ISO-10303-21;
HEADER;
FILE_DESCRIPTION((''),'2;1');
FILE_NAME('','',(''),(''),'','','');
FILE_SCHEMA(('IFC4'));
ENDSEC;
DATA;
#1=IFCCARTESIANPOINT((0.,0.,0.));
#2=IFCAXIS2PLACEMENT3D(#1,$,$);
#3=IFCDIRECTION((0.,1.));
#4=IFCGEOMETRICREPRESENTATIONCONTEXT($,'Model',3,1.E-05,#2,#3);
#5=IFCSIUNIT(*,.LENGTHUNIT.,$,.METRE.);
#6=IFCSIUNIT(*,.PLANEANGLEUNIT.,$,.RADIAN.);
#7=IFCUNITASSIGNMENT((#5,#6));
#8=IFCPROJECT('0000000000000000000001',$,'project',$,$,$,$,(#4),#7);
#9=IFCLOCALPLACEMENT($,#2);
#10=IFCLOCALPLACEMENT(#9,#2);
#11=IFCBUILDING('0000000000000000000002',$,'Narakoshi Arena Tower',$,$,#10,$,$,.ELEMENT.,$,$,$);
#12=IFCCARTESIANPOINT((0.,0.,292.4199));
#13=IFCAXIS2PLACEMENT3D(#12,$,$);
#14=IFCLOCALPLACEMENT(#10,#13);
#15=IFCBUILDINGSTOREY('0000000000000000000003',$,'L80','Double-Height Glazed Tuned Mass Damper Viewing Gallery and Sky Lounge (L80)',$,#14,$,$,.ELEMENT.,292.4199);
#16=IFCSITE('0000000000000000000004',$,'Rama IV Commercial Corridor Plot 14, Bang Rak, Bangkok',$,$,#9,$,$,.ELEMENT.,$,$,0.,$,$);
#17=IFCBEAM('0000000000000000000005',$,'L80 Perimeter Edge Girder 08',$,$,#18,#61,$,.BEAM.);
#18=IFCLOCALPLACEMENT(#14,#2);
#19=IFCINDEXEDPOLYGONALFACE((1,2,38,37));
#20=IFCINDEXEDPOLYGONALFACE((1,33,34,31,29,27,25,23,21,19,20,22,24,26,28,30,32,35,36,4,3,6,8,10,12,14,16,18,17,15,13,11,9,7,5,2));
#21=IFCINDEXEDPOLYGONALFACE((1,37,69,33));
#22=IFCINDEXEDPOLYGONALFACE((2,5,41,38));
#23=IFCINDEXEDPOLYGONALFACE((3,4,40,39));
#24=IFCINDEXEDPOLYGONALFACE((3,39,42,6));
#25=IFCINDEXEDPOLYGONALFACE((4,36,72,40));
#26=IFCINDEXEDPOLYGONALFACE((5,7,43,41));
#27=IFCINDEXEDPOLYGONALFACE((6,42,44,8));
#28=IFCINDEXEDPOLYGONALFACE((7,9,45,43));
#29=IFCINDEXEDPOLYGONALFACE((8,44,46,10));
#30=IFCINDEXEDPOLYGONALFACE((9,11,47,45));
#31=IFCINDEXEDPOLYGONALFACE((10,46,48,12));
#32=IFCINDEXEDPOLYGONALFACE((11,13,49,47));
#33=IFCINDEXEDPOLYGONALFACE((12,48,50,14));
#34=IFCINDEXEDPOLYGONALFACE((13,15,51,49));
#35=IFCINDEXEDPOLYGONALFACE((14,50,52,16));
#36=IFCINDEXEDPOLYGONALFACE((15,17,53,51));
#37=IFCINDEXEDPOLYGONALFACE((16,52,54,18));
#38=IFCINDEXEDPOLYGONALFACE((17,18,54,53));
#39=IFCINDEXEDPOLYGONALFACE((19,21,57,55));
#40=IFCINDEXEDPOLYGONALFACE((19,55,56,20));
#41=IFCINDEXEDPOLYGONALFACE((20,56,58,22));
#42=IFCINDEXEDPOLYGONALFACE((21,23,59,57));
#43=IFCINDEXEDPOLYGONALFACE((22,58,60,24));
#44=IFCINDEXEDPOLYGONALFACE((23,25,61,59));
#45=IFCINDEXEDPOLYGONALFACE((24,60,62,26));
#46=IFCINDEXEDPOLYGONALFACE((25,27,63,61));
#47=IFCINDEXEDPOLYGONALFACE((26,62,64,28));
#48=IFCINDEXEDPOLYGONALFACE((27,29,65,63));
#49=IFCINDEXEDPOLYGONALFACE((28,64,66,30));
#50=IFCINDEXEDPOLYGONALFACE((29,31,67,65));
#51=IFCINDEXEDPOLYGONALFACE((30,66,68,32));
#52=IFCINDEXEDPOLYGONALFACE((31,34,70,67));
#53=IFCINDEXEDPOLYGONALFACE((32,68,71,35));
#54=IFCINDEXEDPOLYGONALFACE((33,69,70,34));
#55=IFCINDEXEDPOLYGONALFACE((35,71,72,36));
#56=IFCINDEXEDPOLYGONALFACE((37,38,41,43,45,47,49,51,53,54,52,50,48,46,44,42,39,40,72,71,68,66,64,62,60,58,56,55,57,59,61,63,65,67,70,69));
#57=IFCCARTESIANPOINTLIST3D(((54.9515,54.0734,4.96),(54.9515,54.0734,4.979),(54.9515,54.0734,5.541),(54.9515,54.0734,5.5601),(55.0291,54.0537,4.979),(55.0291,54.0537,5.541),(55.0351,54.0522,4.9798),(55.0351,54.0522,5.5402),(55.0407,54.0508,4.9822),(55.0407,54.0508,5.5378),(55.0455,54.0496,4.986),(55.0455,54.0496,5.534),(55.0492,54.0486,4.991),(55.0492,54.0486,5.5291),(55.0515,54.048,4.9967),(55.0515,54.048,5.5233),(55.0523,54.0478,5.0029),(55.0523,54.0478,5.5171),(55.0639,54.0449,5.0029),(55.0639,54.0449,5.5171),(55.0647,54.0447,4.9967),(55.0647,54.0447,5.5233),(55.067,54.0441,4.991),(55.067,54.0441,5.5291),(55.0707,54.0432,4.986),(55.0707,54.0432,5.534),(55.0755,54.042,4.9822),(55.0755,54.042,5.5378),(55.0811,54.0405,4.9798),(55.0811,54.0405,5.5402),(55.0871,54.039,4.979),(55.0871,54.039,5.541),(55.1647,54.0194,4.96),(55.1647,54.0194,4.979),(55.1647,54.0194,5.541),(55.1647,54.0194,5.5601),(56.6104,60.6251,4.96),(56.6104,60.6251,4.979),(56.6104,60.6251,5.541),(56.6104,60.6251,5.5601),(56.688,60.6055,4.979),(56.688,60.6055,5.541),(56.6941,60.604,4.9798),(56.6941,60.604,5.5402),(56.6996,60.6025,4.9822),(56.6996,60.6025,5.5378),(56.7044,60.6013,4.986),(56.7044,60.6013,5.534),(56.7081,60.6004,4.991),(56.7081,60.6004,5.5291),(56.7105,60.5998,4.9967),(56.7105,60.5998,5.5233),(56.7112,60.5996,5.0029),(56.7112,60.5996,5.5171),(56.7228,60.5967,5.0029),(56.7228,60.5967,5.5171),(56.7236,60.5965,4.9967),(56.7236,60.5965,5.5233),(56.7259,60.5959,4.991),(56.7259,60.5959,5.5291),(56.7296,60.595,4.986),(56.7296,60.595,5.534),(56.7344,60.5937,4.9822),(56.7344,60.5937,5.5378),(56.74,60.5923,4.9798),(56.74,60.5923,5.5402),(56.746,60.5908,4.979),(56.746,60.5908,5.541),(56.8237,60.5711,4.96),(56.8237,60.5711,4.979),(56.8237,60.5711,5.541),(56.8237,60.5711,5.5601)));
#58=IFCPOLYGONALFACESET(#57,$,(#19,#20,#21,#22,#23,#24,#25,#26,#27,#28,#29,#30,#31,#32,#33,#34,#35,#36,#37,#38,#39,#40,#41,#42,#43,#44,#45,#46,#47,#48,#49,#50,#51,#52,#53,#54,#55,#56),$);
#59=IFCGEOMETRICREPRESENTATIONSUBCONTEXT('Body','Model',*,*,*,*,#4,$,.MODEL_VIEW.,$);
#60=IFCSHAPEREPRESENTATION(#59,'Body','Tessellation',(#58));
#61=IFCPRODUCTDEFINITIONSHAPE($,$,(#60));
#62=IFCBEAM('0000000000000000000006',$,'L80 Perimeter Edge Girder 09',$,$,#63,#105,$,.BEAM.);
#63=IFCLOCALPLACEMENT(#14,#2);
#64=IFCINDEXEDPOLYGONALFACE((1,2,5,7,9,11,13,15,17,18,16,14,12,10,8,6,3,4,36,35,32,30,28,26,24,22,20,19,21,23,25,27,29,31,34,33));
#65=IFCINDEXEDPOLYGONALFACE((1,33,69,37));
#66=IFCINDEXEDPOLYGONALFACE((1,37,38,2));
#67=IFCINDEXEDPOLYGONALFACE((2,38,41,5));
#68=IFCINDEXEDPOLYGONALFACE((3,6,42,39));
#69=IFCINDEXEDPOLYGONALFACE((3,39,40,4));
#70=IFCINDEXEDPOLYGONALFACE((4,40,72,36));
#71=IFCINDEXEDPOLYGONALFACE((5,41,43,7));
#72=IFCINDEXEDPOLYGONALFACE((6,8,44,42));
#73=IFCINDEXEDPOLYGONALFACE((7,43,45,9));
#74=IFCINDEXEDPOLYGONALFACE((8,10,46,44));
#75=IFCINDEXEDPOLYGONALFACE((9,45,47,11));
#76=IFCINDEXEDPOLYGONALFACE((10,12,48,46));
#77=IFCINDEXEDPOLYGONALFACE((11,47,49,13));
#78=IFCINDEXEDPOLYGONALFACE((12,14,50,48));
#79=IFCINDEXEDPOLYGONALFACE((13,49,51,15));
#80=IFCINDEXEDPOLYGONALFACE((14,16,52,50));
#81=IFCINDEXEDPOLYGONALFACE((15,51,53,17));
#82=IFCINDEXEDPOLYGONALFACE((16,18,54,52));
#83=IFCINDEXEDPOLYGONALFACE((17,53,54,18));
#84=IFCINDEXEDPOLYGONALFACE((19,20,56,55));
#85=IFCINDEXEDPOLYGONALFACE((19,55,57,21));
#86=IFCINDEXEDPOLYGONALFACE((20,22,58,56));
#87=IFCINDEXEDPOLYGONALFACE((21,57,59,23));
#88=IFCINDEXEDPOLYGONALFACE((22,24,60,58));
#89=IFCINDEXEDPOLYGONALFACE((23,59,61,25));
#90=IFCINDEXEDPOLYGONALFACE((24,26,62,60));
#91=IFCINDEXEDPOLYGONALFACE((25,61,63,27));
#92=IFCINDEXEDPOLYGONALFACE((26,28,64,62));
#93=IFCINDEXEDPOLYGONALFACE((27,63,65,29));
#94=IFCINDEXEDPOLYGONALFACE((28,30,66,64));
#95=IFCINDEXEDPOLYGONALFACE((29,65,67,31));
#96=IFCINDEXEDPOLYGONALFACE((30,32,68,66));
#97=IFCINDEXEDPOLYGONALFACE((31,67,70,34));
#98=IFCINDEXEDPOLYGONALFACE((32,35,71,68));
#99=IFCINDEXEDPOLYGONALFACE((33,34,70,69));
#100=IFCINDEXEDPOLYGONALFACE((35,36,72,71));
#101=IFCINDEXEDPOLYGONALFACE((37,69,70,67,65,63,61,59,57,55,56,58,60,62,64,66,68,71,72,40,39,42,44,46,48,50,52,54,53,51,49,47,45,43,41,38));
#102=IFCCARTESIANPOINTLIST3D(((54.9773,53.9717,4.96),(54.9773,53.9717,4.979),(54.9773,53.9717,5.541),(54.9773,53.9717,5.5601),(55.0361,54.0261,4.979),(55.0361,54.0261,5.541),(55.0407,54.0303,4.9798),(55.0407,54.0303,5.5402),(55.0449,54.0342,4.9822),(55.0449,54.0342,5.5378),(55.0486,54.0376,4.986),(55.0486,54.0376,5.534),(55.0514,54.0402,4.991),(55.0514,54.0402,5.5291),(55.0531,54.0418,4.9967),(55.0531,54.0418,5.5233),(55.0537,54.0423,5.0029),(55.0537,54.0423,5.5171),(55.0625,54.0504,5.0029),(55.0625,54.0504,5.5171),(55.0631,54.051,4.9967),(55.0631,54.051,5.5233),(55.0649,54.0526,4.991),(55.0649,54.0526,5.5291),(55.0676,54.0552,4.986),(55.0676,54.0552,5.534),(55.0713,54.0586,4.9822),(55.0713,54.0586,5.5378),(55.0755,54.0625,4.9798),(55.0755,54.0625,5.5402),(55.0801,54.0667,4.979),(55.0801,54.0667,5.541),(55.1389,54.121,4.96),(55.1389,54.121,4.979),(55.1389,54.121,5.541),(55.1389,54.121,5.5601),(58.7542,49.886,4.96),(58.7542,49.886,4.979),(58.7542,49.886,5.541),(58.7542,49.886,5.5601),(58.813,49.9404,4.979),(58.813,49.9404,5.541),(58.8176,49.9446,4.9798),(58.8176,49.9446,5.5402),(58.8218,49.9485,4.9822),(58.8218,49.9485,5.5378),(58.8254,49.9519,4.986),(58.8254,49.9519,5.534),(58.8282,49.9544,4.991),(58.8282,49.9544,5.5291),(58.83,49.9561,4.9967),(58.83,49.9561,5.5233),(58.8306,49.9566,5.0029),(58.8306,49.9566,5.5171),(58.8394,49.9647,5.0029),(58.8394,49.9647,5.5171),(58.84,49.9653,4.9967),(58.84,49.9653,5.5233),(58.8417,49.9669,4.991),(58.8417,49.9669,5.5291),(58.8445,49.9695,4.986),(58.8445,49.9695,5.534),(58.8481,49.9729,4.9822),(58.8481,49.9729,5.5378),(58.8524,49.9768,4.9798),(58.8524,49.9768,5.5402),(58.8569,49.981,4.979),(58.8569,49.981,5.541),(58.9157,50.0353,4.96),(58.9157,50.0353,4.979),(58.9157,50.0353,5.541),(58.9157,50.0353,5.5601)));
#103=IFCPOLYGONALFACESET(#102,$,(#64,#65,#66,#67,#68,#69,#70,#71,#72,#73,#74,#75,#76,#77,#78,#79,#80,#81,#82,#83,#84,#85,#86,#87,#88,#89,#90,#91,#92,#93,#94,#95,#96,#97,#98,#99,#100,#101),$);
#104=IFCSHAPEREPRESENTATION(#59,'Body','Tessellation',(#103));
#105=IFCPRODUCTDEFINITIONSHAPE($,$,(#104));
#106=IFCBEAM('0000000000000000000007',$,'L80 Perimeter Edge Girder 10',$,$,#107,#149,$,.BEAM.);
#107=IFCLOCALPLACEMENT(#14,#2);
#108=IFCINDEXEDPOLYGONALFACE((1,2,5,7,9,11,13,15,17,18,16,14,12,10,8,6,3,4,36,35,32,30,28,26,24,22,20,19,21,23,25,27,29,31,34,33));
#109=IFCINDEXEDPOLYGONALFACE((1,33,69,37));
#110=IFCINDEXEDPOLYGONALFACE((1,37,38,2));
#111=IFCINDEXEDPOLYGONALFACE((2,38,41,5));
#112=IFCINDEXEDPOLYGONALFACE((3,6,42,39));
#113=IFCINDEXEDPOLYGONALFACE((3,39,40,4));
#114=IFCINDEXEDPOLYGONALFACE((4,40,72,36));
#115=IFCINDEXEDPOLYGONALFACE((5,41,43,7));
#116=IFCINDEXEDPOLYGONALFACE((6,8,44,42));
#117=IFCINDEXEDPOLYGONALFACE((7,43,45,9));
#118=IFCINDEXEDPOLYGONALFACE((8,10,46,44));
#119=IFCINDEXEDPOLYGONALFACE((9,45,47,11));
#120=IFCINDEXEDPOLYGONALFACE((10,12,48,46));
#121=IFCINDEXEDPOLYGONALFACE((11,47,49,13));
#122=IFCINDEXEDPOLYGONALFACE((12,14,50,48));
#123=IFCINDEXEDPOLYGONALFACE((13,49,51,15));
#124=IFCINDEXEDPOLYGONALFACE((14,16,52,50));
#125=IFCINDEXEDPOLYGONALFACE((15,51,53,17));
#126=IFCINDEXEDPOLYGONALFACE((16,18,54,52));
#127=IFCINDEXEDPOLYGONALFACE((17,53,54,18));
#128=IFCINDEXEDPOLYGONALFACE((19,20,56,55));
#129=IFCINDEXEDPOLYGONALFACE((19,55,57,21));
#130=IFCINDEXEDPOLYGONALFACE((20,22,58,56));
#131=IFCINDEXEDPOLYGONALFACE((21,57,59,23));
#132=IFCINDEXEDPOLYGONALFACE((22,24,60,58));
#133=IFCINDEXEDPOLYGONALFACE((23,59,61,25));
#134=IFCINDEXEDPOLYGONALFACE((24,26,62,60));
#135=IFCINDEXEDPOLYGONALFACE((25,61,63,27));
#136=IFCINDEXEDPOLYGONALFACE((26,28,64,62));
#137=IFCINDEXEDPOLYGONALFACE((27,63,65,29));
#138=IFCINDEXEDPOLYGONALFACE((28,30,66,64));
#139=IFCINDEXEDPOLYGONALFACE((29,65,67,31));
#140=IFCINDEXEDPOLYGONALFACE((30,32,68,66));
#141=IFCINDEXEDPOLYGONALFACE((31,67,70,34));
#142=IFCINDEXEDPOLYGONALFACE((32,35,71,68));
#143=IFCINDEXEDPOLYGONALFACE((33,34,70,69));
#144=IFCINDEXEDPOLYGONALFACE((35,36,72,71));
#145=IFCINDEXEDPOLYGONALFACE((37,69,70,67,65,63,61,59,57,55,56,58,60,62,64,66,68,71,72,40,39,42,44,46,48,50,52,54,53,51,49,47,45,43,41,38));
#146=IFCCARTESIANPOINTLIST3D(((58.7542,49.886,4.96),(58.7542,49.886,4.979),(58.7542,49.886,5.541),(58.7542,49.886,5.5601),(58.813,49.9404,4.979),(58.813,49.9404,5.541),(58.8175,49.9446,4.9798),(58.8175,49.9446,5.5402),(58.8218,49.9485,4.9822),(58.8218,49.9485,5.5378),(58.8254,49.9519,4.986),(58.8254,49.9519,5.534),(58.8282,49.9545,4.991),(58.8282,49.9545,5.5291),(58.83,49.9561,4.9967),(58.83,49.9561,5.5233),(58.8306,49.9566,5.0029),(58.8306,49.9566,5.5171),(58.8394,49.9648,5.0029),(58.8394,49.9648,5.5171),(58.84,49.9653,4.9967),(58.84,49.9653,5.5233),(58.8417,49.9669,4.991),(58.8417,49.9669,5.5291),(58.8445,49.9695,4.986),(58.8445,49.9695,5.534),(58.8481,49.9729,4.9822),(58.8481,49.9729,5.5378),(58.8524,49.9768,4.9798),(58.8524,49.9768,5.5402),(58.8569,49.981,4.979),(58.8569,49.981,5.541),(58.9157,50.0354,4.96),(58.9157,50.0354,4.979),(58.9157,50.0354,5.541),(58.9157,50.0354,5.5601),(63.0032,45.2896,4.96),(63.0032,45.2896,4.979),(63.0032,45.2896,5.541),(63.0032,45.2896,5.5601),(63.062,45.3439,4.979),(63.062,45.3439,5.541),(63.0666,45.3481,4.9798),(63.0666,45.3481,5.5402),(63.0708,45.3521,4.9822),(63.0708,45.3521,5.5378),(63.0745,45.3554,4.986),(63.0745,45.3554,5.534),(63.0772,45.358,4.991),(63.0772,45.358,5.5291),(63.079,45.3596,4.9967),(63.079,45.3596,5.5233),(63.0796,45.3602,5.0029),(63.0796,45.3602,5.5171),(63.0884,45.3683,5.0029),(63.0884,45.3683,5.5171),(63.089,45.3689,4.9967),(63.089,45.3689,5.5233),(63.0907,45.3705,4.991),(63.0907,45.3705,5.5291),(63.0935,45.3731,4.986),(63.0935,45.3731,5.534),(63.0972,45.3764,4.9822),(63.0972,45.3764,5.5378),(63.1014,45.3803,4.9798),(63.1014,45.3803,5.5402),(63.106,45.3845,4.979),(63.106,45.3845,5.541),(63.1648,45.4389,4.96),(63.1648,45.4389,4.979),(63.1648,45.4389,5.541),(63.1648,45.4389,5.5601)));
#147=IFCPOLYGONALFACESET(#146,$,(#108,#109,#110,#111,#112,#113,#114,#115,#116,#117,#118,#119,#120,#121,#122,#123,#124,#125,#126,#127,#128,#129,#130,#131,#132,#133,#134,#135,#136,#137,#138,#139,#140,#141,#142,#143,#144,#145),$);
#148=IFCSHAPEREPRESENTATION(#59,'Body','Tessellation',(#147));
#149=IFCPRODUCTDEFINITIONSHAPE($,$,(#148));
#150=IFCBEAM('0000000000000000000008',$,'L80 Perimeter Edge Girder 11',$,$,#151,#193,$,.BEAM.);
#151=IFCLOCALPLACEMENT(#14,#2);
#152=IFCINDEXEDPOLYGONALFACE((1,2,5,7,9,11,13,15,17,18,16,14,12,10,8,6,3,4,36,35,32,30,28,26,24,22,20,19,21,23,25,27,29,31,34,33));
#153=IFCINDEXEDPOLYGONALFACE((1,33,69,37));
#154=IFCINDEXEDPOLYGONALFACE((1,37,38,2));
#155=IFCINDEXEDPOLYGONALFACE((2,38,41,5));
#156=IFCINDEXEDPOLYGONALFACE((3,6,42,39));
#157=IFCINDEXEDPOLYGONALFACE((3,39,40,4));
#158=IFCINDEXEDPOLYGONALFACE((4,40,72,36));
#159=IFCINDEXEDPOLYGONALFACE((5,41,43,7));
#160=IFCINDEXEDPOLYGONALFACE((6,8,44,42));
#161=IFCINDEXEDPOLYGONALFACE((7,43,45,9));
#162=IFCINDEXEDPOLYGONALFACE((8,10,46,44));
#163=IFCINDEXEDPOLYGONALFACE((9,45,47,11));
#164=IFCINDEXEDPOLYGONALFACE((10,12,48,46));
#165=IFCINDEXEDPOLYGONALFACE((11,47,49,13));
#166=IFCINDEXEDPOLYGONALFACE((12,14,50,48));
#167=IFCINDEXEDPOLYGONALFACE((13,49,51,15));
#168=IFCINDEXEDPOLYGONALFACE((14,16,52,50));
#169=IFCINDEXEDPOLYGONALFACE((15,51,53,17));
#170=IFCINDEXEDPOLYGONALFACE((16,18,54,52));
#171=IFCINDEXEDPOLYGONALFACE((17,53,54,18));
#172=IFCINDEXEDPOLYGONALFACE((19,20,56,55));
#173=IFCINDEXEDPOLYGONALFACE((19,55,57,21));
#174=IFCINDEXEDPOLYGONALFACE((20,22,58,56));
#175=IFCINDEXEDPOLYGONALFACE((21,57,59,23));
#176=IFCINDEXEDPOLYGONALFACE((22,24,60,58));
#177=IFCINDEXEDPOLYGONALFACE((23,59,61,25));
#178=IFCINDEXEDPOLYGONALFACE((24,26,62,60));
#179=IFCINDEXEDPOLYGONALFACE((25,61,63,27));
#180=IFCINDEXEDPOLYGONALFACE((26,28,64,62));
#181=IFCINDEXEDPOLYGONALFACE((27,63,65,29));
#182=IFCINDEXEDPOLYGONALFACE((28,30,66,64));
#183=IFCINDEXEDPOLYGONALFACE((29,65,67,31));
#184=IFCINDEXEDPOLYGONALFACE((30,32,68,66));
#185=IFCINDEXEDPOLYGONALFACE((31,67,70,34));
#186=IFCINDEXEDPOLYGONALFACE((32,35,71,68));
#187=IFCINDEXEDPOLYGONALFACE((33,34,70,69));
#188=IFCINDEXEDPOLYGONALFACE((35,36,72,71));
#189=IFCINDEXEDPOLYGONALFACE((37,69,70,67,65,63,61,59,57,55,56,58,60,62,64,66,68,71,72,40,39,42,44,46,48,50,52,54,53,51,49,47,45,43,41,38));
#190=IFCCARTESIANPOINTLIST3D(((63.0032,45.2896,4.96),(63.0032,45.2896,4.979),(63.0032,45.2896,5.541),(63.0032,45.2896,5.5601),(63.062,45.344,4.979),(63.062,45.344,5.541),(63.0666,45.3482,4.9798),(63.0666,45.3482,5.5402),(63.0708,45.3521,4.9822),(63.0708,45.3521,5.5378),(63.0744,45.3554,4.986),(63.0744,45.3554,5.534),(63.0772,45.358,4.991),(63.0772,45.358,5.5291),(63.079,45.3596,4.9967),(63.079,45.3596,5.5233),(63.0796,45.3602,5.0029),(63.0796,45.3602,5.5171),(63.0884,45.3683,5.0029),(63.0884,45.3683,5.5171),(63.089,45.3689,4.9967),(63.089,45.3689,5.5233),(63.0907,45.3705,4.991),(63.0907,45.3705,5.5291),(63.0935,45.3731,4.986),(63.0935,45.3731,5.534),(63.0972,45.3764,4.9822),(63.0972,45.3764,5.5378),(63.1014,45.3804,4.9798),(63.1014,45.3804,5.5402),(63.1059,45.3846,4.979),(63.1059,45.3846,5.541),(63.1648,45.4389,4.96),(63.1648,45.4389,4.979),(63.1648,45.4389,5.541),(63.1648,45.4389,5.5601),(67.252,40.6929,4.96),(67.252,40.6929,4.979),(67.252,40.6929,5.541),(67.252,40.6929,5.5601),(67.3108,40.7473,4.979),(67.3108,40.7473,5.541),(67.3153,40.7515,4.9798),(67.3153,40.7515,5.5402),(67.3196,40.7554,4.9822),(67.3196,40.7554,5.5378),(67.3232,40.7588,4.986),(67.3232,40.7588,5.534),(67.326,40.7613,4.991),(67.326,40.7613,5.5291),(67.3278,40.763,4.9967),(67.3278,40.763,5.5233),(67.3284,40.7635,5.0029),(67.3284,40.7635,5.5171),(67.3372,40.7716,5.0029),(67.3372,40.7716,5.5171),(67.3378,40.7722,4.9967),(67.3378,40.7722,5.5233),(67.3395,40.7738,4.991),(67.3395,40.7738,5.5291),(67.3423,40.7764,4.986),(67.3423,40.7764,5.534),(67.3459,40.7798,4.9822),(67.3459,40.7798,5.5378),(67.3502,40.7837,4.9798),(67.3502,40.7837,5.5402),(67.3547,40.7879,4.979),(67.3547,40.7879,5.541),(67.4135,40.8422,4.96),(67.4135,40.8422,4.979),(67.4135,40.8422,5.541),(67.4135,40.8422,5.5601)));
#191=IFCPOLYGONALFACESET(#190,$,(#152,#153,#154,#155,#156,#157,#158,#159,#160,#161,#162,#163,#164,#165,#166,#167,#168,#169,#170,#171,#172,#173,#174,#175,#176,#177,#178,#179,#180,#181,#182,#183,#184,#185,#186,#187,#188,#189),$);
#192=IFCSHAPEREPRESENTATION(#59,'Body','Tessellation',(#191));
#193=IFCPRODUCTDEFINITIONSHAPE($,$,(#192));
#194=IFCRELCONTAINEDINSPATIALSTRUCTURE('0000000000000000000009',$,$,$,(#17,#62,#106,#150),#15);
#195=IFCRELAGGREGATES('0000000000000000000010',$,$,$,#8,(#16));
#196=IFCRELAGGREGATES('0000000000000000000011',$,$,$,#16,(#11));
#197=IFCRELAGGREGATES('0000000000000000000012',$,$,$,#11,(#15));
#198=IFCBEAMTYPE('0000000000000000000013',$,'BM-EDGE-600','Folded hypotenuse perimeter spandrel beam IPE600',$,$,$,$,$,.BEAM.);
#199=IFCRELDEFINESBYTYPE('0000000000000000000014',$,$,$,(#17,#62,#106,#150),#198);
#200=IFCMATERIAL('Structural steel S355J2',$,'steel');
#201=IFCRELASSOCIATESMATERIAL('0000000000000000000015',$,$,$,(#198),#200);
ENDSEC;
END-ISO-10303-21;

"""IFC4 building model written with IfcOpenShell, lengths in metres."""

from ifc_helpers import new_model, si_unit, direction, frame, origin, origin_2d, place, context, subcontext, project, spatial, i_section, extrude, material, material_profile, profile_set, type_object, element, save


model = new_model("IFC4")

# Units and contexts
model_context = context("Model", 3, precision=1e-05, world=origin(), true_north=direction((0.0, 1.0)))
body_context = subcontext(model_context, "Body", "Model", "MODEL_VIEW")
ifc_project = project(units=[si_unit("LENGTHUNIT", "METRE"), si_unit("PLANEANGLEUNIT", "RADIAN")], contexts=[model_context])

# Site, building, storey
site_placement = place(None, origin())
site = spatial("IfcSite", under=ifc_project, at=site_placement, Name="Rama IV Commercial Corridor Plot 14, Bang Rak, Bangkok", CompositionType="ELEMENT", RefElevation=0.0)
building_placement = place(site_placement, origin())
building = spatial("IfcBuilding", under=site, at=building_placement, Name="Narakoshi Arena Tower", CompositionType="ELEMENT")
storey_placement = place(building_placement, frame((0.0, 0.0, 292.4199)))
storey = spatial("IfcBuildingStorey", under=building, at=storey_placement, Name="L80", Description="Double-Height Glazed Tuned Mass Damper Viewing Gallery and Sky Lounge (L80)", CompositionType="ELEMENT", Elevation=292.4199)

# Shared definitions
ifc_material_1 = material(Name="Structural steel S355J2", Category="steel")

# Beams
ifc_material_profile_1 = material_profile(ifc_material_1, i_section(OverallWidth=0.22, OverallDepth=0.6001, WebThickness=0.012, FlangeThickness=0.019, FilletRadius=0.0239, at=origin_2d()), Name="IPE600")
ifc_profile_set_1 = profile_set([ifc_material_profile_1], Name="Structural steel S355J2")
beam_type_1 = type_object("IfcBeamType", Name="BM-EDGE-600", Description="Folded hypotenuse perimeter spandrel beam IPE600", PredefinedType="BEAM", material=ifc_profile_set_1)
beam_1_placement = place(storey_placement, frame((56.717, 60.5981, 5.26), z_axis=(-0.245458, -0.969407, 0.0), x_axis=(0.969407, -0.245458, 0.0)))
element("IfcBeam", 1, at=beam_1_placement, inside=storey, type_object=beam_type_1, Name="L80 Perimeter Edge Girder 08", PredefinedType="BEAM", context=body_context, shape_type="SweptSolid", body=[
    extrude(i_section(OverallWidth=0.22, OverallDepth=0.6001, WebThickness=0.012, FlangeThickness=0.019, FilletRadius=0.0239, at=origin_2d()), origin(), (0.0, 0.0, 1.0), 6.7585),
])
beam_2_placement = place(storey_placement, frame((55.0581, 54.0464, 5.26), z_axis=(0.678808, -0.734315, 0.0), x_axis=(0.734315, 0.678808, 0.0)))
element("IfcBeam", 2, at=beam_2_placement, inside=storey, type_object=beam_type_1, Name="L80 Perimeter Edge Girder 09", PredefinedType="BEAM", context=body_context, shape_type="SweptSolid", body=[
    extrude(i_section(OverallWidth=0.22, OverallDepth=0.6001, WebThickness=0.012, FlangeThickness=0.019, FilletRadius=0.0239, at=origin_2d()), origin(), (0.0, 0.0, 1.0), 5.564),
])
for number, where, z_axis, x_axis, name in (
    (3, (58.835, 49.9607, 5.26), (0.678811, -0.734313, 0.0), (0.734313, 0.678811, 0.0), "L80 Perimeter Edge Girder 10"),
    (4, (63.084, 45.3643, 5.26), (0.678771, -0.73435, 0.0), (0.73435, 0.678771, 0.0), "L80 Perimeter Edge Girder 11"),
):
    element("IfcBeam", number, at=place(storey_placement, frame(where, z_axis=z_axis, x_axis=x_axis)), inside=storey, type_object=beam_type_1, Name=name, PredefinedType="BEAM", context=body_context, shape_type="SweptSolid", body=[
        extrude(i_section(OverallWidth=0.22, OverallDepth=0.6001, WebThickness=0.012, FlangeThickness=0.019, FilletRadius=0.0239, at=origin_2d()), origin(), (0.0, 0.0, 1.0), 6.2595),
    ])

save(model, "model.ifc")
